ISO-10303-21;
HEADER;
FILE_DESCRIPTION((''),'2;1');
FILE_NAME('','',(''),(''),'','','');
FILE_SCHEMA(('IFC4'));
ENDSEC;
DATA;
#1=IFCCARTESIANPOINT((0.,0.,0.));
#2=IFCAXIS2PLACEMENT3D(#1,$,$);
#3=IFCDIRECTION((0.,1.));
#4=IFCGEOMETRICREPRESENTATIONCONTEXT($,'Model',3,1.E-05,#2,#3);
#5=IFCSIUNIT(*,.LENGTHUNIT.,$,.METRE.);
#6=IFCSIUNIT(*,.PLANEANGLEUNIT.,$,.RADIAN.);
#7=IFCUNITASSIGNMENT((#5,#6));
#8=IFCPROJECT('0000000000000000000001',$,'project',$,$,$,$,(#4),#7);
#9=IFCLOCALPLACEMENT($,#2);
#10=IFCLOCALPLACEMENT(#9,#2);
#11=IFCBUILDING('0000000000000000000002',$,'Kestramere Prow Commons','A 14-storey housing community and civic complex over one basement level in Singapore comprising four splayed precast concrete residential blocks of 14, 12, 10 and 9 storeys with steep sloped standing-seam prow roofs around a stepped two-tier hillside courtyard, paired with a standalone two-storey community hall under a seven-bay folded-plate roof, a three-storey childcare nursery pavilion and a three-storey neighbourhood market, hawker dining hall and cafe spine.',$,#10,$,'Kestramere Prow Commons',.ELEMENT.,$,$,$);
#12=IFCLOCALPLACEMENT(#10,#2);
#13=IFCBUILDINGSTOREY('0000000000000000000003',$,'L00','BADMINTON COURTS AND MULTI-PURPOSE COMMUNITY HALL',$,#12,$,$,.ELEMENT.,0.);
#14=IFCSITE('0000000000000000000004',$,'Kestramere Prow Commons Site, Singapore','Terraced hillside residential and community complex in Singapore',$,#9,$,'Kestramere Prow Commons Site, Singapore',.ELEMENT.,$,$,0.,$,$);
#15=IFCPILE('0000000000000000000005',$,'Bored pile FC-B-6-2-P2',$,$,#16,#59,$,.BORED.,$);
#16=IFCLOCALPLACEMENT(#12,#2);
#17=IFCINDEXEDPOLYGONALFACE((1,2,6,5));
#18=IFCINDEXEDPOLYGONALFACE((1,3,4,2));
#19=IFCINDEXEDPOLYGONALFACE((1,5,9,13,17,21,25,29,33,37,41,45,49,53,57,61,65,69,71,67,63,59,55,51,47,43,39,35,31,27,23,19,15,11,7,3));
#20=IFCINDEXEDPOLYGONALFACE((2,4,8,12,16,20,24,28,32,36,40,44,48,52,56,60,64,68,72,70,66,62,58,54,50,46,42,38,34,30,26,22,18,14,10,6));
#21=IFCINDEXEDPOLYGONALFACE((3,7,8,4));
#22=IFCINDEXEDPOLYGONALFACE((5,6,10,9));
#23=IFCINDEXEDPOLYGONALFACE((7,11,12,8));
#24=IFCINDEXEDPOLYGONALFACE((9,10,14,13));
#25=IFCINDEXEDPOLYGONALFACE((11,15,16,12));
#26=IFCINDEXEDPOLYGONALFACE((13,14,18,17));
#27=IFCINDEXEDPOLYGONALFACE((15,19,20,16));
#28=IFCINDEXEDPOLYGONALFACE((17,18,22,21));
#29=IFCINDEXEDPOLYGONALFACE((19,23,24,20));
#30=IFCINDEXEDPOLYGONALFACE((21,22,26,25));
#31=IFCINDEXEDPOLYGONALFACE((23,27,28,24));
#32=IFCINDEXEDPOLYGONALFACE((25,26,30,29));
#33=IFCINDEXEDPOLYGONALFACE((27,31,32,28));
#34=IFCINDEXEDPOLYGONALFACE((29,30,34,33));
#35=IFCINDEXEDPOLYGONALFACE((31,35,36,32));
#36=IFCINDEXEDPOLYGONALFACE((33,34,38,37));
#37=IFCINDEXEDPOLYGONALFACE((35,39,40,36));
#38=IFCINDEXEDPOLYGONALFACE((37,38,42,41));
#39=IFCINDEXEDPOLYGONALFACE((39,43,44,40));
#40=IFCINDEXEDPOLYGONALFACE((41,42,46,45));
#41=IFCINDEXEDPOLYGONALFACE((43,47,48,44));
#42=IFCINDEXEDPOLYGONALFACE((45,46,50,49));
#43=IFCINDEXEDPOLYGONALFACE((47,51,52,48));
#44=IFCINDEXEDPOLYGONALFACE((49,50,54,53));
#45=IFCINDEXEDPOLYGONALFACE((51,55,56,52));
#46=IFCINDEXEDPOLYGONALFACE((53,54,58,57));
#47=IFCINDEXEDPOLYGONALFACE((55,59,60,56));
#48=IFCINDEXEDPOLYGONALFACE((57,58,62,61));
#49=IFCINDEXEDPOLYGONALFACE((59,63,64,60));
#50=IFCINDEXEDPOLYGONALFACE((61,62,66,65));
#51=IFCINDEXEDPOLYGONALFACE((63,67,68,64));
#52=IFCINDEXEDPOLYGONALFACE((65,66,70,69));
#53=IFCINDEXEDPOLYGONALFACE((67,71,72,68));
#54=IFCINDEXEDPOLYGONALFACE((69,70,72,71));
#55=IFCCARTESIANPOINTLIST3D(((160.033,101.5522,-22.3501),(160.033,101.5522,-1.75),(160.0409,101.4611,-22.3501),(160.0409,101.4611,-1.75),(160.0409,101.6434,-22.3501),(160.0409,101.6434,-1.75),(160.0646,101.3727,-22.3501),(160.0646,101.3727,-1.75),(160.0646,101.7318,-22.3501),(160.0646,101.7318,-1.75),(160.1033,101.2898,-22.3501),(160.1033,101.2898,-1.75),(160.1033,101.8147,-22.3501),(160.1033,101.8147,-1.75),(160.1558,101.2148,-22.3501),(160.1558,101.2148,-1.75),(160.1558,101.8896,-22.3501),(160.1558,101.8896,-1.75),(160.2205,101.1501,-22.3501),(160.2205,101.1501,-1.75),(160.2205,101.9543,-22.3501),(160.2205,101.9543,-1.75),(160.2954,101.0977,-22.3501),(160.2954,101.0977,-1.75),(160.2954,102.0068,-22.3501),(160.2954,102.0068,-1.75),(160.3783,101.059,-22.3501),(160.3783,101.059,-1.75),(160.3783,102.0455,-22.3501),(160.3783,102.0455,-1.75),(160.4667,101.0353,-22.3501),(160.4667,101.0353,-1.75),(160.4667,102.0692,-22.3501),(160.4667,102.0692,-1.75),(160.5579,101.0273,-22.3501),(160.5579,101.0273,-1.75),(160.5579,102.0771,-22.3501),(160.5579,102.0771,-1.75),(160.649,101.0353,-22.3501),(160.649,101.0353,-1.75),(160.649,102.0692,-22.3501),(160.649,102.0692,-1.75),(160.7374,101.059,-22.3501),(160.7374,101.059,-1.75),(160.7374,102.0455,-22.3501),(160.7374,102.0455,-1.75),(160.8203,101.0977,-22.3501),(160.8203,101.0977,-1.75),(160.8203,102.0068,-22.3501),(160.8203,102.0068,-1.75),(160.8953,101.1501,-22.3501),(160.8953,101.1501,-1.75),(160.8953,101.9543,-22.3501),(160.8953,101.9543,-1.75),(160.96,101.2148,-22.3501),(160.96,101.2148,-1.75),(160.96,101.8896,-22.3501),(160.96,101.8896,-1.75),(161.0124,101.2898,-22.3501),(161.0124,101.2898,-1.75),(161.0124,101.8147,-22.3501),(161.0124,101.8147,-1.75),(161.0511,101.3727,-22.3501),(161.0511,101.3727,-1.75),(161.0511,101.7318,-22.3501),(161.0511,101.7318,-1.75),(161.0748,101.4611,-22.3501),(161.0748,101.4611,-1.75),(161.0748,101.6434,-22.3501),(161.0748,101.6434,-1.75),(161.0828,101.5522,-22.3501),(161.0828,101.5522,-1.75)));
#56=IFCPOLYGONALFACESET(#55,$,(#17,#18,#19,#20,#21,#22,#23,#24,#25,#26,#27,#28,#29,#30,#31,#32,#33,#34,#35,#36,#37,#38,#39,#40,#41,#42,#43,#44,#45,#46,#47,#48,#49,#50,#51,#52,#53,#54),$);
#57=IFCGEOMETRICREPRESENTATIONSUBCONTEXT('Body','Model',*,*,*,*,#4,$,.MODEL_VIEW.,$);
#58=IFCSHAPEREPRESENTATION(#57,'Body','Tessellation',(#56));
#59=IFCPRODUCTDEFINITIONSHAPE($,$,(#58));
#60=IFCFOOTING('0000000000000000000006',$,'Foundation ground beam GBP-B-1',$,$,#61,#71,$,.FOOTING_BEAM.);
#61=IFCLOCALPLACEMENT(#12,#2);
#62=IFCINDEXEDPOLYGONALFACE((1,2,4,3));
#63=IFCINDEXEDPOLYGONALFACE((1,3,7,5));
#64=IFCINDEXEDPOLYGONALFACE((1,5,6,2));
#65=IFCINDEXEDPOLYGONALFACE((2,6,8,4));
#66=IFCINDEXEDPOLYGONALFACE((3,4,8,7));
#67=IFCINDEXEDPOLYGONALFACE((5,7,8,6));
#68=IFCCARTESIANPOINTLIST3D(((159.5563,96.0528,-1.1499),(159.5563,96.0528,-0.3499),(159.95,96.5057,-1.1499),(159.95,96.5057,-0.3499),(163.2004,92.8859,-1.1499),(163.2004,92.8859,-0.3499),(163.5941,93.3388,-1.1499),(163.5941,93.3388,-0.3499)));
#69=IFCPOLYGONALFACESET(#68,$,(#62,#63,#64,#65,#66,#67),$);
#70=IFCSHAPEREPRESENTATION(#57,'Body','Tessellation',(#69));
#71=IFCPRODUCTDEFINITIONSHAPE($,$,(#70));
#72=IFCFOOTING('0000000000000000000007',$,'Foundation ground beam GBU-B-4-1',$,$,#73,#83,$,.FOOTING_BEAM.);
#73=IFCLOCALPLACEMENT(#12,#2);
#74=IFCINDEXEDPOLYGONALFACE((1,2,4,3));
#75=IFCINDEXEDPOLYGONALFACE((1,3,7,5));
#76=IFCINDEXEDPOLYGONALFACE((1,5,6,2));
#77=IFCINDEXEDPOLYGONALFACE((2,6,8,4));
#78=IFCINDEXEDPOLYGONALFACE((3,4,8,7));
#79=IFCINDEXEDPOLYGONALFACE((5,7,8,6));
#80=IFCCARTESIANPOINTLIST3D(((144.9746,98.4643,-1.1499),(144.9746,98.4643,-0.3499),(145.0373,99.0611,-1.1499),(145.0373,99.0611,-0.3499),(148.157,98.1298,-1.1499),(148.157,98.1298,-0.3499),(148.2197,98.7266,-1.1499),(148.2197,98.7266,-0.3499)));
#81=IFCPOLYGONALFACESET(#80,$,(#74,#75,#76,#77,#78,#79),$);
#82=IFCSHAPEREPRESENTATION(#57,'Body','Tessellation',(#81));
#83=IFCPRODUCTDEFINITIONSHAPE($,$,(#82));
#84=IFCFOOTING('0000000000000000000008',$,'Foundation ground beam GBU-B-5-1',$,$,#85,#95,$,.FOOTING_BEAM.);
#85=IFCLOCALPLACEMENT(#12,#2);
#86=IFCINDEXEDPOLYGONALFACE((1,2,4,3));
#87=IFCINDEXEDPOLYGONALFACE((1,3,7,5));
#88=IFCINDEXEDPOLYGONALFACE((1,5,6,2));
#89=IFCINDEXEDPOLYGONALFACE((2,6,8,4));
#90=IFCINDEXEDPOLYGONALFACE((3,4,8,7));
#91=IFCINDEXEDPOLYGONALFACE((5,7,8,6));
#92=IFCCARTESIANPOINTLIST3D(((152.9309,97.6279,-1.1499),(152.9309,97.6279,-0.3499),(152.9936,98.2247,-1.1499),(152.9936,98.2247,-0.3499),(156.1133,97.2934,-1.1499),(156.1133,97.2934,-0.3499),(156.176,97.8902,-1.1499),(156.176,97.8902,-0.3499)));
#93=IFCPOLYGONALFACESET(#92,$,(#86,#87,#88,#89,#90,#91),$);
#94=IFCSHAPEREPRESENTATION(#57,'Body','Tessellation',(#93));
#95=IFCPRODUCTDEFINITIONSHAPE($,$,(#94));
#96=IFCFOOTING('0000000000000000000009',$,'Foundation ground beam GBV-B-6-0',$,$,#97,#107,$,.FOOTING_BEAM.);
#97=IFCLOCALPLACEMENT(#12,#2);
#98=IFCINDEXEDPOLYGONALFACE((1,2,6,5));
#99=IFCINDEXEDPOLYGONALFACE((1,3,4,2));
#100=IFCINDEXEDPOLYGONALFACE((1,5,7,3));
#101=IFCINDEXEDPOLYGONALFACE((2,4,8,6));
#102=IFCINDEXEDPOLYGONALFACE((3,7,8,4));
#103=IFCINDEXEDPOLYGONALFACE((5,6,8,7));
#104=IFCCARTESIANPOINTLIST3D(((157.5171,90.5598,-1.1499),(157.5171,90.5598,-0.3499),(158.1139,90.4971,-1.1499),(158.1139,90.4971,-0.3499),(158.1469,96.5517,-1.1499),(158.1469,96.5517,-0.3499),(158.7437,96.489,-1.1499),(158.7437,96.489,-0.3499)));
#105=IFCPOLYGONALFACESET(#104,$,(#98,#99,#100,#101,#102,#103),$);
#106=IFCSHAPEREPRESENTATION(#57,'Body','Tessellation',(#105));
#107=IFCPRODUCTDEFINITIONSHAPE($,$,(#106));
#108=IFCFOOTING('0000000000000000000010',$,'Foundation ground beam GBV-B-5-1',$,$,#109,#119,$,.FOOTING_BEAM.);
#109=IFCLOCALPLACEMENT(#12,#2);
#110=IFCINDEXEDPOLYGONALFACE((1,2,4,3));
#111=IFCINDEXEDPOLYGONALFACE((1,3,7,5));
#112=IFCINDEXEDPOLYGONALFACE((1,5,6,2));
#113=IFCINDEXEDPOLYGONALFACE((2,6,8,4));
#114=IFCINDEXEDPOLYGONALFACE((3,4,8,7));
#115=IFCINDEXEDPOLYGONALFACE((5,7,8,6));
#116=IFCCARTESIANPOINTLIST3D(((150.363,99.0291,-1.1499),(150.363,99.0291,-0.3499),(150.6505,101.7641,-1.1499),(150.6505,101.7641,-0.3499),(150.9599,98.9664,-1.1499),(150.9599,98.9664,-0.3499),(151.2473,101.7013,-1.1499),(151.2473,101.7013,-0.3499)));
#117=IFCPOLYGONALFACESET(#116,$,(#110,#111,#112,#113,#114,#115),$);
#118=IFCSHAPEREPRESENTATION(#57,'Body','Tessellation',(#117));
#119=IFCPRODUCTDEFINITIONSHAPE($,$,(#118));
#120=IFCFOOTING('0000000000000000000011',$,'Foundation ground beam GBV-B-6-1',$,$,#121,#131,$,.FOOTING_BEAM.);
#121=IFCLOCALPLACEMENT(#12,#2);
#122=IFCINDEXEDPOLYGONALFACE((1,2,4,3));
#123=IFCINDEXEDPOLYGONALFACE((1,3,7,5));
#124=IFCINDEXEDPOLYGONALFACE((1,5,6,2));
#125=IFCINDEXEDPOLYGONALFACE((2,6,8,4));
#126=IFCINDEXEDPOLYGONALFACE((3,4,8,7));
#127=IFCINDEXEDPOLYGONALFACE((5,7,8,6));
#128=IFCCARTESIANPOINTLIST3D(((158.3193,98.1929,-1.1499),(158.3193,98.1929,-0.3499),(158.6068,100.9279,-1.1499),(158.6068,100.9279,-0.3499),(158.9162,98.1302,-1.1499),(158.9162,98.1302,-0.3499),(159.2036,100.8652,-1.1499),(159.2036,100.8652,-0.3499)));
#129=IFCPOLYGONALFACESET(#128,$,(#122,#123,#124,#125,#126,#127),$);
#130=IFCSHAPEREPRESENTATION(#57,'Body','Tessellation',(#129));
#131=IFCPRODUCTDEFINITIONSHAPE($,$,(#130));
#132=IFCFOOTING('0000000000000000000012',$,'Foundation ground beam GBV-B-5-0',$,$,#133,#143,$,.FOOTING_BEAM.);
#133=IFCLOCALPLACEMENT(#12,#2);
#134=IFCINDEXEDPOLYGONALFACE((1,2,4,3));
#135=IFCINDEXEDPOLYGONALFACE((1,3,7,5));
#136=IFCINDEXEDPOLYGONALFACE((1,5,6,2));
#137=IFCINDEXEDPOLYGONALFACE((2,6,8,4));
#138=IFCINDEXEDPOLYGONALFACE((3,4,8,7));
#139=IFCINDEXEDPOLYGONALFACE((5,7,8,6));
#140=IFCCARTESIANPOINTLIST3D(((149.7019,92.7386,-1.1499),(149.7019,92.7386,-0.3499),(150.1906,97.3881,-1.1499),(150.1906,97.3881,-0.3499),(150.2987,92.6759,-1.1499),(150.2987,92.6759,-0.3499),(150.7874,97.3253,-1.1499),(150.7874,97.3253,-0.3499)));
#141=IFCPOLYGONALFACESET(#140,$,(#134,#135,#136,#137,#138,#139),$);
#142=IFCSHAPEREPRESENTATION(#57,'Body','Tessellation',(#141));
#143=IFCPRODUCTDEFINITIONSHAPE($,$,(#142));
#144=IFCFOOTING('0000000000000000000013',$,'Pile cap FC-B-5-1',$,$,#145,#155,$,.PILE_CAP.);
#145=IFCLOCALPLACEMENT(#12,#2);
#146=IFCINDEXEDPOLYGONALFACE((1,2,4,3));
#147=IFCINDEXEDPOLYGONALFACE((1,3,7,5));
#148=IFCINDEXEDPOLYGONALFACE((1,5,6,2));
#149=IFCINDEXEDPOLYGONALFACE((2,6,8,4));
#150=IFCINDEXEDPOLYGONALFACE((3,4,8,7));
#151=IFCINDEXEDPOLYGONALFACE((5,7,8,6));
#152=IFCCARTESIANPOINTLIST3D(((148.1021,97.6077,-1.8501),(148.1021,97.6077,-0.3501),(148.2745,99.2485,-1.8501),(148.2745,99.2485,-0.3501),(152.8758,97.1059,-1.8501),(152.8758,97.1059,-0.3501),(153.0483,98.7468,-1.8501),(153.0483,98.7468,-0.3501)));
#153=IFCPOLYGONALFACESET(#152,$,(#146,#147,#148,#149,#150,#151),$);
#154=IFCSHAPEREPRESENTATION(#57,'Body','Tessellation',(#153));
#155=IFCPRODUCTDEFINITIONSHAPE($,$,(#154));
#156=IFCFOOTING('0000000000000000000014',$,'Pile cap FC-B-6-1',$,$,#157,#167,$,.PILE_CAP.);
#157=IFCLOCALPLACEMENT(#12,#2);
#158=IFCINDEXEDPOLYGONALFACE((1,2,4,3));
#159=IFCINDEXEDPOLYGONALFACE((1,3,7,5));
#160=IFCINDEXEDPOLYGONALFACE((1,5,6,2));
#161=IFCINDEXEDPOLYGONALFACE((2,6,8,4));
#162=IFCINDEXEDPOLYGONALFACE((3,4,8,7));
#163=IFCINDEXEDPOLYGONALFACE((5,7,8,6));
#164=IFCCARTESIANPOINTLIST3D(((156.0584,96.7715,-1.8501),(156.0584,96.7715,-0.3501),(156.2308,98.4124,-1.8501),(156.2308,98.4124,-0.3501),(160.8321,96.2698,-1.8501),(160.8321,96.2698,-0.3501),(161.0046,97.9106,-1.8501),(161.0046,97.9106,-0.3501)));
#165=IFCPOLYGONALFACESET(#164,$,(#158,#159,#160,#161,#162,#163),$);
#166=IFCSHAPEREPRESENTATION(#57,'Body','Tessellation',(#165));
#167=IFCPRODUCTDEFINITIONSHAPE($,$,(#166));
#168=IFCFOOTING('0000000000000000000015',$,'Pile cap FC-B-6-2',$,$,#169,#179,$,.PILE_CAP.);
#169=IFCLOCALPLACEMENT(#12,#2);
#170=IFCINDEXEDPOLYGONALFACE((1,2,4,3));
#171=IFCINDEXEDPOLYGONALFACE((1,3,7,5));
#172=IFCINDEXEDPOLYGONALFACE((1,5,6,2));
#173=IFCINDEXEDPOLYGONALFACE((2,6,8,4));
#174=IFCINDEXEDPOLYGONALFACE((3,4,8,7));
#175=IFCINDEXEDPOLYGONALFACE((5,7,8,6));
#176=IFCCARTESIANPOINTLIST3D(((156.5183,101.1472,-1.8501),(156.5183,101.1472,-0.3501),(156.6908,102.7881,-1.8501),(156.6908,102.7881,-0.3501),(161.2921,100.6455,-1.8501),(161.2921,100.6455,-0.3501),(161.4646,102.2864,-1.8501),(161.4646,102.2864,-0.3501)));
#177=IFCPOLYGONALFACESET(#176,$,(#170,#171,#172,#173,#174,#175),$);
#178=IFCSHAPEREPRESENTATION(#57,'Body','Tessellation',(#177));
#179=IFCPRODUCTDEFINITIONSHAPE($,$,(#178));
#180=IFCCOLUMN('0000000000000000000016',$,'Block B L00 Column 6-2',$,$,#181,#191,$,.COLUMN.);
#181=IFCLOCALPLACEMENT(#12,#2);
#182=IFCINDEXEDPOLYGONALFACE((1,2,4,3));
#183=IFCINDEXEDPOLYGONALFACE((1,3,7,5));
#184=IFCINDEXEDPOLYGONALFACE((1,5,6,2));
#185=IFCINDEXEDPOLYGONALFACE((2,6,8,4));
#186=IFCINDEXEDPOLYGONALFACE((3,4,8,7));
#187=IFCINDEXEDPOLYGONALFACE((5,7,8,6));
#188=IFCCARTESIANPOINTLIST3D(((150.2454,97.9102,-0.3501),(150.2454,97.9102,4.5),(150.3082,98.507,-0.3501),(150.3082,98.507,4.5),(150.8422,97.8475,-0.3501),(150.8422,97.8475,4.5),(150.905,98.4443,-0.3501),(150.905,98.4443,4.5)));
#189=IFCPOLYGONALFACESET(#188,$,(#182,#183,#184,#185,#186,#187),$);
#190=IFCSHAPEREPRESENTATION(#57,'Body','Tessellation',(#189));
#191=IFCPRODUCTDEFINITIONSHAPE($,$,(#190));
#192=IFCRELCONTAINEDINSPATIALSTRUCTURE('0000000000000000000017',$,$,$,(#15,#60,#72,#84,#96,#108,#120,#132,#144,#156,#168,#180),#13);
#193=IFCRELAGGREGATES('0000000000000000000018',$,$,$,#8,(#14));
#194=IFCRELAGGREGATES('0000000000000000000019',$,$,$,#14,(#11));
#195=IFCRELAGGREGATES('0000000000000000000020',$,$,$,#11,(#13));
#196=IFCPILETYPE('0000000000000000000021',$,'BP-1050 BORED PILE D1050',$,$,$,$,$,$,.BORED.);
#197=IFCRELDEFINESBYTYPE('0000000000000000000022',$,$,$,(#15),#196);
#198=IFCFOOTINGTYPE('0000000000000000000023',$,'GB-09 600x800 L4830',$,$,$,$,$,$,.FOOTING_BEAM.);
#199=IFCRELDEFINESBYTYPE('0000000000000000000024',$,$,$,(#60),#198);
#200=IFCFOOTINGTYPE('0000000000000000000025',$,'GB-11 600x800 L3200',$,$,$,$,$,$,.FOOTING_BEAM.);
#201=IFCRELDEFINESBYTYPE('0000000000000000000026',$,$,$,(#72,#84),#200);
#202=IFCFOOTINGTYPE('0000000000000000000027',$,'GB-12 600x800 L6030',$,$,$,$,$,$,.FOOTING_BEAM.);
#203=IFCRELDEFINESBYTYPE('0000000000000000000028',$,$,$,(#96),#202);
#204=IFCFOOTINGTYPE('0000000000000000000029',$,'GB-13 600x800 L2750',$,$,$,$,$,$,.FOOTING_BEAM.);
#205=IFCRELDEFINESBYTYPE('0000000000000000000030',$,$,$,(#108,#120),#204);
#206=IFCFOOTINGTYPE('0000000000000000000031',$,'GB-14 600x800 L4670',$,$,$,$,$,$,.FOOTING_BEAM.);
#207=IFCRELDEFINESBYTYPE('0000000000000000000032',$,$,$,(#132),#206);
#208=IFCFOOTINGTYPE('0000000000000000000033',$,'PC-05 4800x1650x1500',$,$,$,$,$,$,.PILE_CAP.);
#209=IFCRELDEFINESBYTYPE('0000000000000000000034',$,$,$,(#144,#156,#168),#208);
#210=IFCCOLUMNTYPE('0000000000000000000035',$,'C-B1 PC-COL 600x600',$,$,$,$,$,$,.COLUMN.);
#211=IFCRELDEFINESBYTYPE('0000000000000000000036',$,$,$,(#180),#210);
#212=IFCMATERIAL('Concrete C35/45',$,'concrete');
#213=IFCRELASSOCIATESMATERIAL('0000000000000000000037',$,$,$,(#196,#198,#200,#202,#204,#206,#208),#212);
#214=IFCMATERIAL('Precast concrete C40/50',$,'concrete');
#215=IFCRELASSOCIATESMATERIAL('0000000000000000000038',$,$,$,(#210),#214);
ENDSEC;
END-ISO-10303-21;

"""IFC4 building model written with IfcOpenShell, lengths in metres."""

from ifc_helpers import new_model, si_unit, direction, frame, origin, origin_2d, place, context, subcontext, project, spatial, rectangle, circle, extrude, material, material_profile, profile_set, type_object, element, save


model = new_model("IFC4")

# Units and contexts
model_context = context("Model", 3, precision=1e-05, world=origin(), true_north=direction((0.0, 1.0)))
body_context = subcontext(model_context, "Body", "Model", "MODEL_VIEW")
ifc_project = project(units=[si_unit("LENGTHUNIT", "METRE"), si_unit("PLANEANGLEUNIT", "RADIAN")], contexts=[model_context])

# Site, building, storey
site_placement = place(None, origin())
site = spatial("IfcSite", under=ifc_project, at=site_placement, Name="Kestramere Prow Commons Site, Singapore", Description="Terraced hillside residential and community complex in Singapore", LongName="Kestramere Prow Commons Site, Singapore", CompositionType="ELEMENT", RefElevation=0.0)
building_placement = place(site_placement, origin())
building = spatial("IfcBuilding", under=site, at=building_placement, Name="Kestramere Prow Commons", Description="A 14-storey housing community and civic complex over one basement level in Singapore comprising four splayed precast concrete residential blocks of 14, 12, 10 and 9 storeys with steep sloped standing-seam prow roofs around a stepped two-tier hillside courtyard, paired with a standalone two-storey community hall under a seven-bay folded-plate roof, a three-storey childcare nursery pavilion and a three-storey neighbourhood market, hawker dining hall and cafe spine.", LongName="Kestramere Prow Commons", CompositionType="ELEMENT")
storey_placement = place(building_placement, origin())
storey = spatial("IfcBuildingStorey", under=building, at=storey_placement, Name="L00", Description="BADMINTON COURTS AND MULTI-PURPOSE COMMUNITY HALL", CompositionType="ELEMENT", Elevation=0.0)

# Pile
ifc_material_1 = material(Name="Concrete C35/45", Category="concrete")
ifc_material_profile_1 = material_profile(ifc_material_1, circle(Radius=0.5249, at=origin_2d()), Name="BORED PILE D1050")
ifc_profile_set_1 = profile_set([ifc_material_profile_1], Name="Concrete C35/45")
pile_type = type_object("IfcPileType", Name="BP-1050 BORED PILE D1050", PredefinedType="BORED", material=ifc_profile_set_1)
for number, where, z_axis, x_axis, name in (
    (1, (160.5579, 101.5522, -1.75), (0.0, 0.0, -1.0), (1.0, 0.0, 0.0), "Bored pile FC-B-6-2-P2"),
):
    element("IfcPile", number, at=place(storey_placement, frame(where, z_axis=z_axis, x_axis=x_axis)), inside=storey, type_object=pile_type, Name=name, PredefinedType="BORED", context=body_context, shape_type="SweptSolid", body=[
        extrude(circle(Radius=0.5249, at=origin_2d()), origin(), (0.0, 0.0, 1.0), 20.6001),
    ])

# Footings
footing_type_1 = type_object("IfcFootingType", Name="GB-09 600x800 L4830", PredefinedType="FOOTING_BEAM", material=ifc_material_1)
footing_1_placement = place(storey_placement, frame((161.5752, 94.6958, -1.1499), z_axis=(0.0, 0.0, 1.0), x_axis=(-0.754801, 0.655954, 0.0)))
element("IfcFooting", 2, at=footing_1_placement, inside=storey, type_object=footing_type_1, Name="Foundation ground beam GBP-B-1", PredefinedType="FOOTING_BEAM", context=body_context, shape_type="SweptSolid", body=[
    extrude(rectangle(XDim=4.8279, YDim=0.6001, at=origin_2d()), origin(), (0.0, 0.0, 1.0), 0.8),
])
footing_type_2 = type_object("IfcFootingType", Name="GB-11 600x800 L3200", PredefinedType="FOOTING_BEAM", material=ifc_material_1)
for number, where, z_axis, x_axis, name in (
    (3, (146.5972, 98.5955, -1.1499), (0.0, 0.0, 1.0), (0.994522, -0.104528, 0.0), "Foundation ground beam GBU-B-4-1"),
    (4, (154.5535, 97.759, -1.1499), (0.0, 0.0, 1.0), (0.994522, -0.104528, 0.0), "Foundation ground beam GBU-B-5-1"),
):
    element("IfcFooting", number, at=place(storey_placement, frame(where, z_axis=z_axis, x_axis=x_axis)), inside=storey, type_object=footing_type_2, Name=name, PredefinedType="FOOTING_BEAM", context=body_context, shape_type="SweptSolid", body=[
        extrude(rectangle(XDim=3.2, YDim=0.6001, at=origin_2d()), origin(), (0.0, 0.0, 1.0), 0.8),
    ])
footing_type_3 = type_object("IfcFootingType", Name="GB-12 600x800 L6030", PredefinedType="FOOTING_BEAM", material=ifc_material_1)
footing_2_placement = place(storey_placement, frame((158.1304, 93.5244, -1.1499), z_axis=(0.0, 0.0, 1.0), x_axis=(0.104528, 0.994522, 0.0)))
element("IfcFooting", 5, at=footing_2_placement, inside=storey, type_object=footing_type_3, Name="Foundation ground beam GBV-B-6-0", PredefinedType="FOOTING_BEAM", context=body_context, shape_type="SweptSolid", body=[
    extrude(rectangle(XDim=6.0249, YDim=0.6001, at=origin_2d()), origin(), (0.0, 0.0, 1.0), 0.8),
])
footing_type_4 = type_object("IfcFootingType", Name="GB-13 600x800 L2750", PredefinedType="FOOTING_BEAM", material=ifc_material_1)
for number, where, z_axis, x_axis, name in (
    (6, (150.8052, 100.3652, -1.1499), (0.0, 0.0, 1.0), (0.104528, 0.994522, 0.0), "Foundation ground beam GBV-B-5-1"),
    (7, (158.7615, 99.5291, -1.1499), (0.0, 0.0, 1.0), (0.104528, 0.994522, 0.0), "Foundation ground beam GBV-B-6-1"),
):
    element("IfcFooting", number, at=place(storey_placement, frame(where, z_axis=z_axis, x_axis=x_axis)), inside=storey, type_object=footing_type_4, Name=name, PredefinedType="FOOTING_BEAM", context=body_context, shape_type="SweptSolid", body=[
        extrude(rectangle(XDim=2.75, YDim=0.6001, at=origin_2d()), origin(), (0.0, 0.0, 1.0), 0.8),
    ])
footing_type_5 = type_object("IfcFootingType", Name="GB-14 600x800 L4670", PredefinedType="FOOTING_BEAM", material=ifc_material_1)
footing_3_placement = place(storey_placement, frame((150.2446, 95.032, -1.1499), z_axis=(0.0, 0.0, 1.0), x_axis=(0.104528, 0.994522, 0.0)))
element("IfcFooting", 8, at=footing_3_placement, inside=storey, type_object=footing_type_5, Name="Foundation ground beam GBV-B-5-0", PredefinedType="FOOTING_BEAM", context=body_context, shape_type="SweptSolid", body=[
    extrude(rectangle(XDim=4.675, YDim=0.6001, at=origin_2d()), origin(), (0.0, 0.0, 1.0), 0.8),
])
footing_type_6 = type_object("IfcFootingType", Name="PC-05 4800x1650x1500", PredefinedType="PILE_CAP", material=ifc_material_1)
for number, where, z_axis, x_axis, name in (
    (9, (150.5752, 98.1772, -1.8501), (0.0, 0.0, 1.0), (0.994522, -0.104528, 0.0), "Pile cap FC-B-5-1"),
    (10, (158.5315, 97.3411, -1.8501), (0.0, 0.0, 1.0), (0.994522, -0.104528, 0.0), "Pile cap FC-B-6-1"),
    (11, (158.9915, 101.7168, -1.8501), (0.0, 0.0, 1.0), (0.994522, -0.104528, 0.0), "Pile cap FC-B-6-2"),
):
    element("IfcFooting", number, at=place(storey_placement, frame(where, z_axis=z_axis, x_axis=x_axis)), inside=storey, type_object=footing_type_6, Name=name, PredefinedType="PILE_CAP", context=body_context, shape_type="SweptSolid", body=[
        extrude(rectangle(XDim=4.8, YDim=1.6499, at=origin_2d()), origin(), (0.0, 0.0, 1.0), 1.5),
    ])

# Column
ifc_material_2 = material(Name="Precast concrete C40/50", Category="concrete")
ifc_material_profile_2 = material_profile(ifc_material_2, rectangle(XDim=0.6001, YDim=0.6001, at=origin_2d()), Name="PC-COL 600x600")
ifc_profile_set_2 = profile_set([ifc_material_profile_2], Name="Precast concrete C40/50")
column_type_1 = type_object("IfcColumnType", Name="C-B1 PC-COL 600x600", PredefinedType="COLUMN", material=ifc_profile_set_2)
column_1_placement = place(storey_placement, frame((150.5752, 98.1772, -0.3501), z_axis=(0.0, 0.0, 1.0), x_axis=(0.994522, -0.104528, 0.0)))
element("IfcColumn", 12, at=column_1_placement, inside=storey, type_object=column_type_1, Name="Block B L00 Column 6-2", PredefinedType="COLUMN", context=body_context, shape_type="SweptSolid", body=[
    extrude(rectangle(XDim=0.6001, YDim=0.6001, at=origin_2d()), origin(), (0.0, 0.0, 1.0), 4.8501),
])

save(model, "model.ifc")
